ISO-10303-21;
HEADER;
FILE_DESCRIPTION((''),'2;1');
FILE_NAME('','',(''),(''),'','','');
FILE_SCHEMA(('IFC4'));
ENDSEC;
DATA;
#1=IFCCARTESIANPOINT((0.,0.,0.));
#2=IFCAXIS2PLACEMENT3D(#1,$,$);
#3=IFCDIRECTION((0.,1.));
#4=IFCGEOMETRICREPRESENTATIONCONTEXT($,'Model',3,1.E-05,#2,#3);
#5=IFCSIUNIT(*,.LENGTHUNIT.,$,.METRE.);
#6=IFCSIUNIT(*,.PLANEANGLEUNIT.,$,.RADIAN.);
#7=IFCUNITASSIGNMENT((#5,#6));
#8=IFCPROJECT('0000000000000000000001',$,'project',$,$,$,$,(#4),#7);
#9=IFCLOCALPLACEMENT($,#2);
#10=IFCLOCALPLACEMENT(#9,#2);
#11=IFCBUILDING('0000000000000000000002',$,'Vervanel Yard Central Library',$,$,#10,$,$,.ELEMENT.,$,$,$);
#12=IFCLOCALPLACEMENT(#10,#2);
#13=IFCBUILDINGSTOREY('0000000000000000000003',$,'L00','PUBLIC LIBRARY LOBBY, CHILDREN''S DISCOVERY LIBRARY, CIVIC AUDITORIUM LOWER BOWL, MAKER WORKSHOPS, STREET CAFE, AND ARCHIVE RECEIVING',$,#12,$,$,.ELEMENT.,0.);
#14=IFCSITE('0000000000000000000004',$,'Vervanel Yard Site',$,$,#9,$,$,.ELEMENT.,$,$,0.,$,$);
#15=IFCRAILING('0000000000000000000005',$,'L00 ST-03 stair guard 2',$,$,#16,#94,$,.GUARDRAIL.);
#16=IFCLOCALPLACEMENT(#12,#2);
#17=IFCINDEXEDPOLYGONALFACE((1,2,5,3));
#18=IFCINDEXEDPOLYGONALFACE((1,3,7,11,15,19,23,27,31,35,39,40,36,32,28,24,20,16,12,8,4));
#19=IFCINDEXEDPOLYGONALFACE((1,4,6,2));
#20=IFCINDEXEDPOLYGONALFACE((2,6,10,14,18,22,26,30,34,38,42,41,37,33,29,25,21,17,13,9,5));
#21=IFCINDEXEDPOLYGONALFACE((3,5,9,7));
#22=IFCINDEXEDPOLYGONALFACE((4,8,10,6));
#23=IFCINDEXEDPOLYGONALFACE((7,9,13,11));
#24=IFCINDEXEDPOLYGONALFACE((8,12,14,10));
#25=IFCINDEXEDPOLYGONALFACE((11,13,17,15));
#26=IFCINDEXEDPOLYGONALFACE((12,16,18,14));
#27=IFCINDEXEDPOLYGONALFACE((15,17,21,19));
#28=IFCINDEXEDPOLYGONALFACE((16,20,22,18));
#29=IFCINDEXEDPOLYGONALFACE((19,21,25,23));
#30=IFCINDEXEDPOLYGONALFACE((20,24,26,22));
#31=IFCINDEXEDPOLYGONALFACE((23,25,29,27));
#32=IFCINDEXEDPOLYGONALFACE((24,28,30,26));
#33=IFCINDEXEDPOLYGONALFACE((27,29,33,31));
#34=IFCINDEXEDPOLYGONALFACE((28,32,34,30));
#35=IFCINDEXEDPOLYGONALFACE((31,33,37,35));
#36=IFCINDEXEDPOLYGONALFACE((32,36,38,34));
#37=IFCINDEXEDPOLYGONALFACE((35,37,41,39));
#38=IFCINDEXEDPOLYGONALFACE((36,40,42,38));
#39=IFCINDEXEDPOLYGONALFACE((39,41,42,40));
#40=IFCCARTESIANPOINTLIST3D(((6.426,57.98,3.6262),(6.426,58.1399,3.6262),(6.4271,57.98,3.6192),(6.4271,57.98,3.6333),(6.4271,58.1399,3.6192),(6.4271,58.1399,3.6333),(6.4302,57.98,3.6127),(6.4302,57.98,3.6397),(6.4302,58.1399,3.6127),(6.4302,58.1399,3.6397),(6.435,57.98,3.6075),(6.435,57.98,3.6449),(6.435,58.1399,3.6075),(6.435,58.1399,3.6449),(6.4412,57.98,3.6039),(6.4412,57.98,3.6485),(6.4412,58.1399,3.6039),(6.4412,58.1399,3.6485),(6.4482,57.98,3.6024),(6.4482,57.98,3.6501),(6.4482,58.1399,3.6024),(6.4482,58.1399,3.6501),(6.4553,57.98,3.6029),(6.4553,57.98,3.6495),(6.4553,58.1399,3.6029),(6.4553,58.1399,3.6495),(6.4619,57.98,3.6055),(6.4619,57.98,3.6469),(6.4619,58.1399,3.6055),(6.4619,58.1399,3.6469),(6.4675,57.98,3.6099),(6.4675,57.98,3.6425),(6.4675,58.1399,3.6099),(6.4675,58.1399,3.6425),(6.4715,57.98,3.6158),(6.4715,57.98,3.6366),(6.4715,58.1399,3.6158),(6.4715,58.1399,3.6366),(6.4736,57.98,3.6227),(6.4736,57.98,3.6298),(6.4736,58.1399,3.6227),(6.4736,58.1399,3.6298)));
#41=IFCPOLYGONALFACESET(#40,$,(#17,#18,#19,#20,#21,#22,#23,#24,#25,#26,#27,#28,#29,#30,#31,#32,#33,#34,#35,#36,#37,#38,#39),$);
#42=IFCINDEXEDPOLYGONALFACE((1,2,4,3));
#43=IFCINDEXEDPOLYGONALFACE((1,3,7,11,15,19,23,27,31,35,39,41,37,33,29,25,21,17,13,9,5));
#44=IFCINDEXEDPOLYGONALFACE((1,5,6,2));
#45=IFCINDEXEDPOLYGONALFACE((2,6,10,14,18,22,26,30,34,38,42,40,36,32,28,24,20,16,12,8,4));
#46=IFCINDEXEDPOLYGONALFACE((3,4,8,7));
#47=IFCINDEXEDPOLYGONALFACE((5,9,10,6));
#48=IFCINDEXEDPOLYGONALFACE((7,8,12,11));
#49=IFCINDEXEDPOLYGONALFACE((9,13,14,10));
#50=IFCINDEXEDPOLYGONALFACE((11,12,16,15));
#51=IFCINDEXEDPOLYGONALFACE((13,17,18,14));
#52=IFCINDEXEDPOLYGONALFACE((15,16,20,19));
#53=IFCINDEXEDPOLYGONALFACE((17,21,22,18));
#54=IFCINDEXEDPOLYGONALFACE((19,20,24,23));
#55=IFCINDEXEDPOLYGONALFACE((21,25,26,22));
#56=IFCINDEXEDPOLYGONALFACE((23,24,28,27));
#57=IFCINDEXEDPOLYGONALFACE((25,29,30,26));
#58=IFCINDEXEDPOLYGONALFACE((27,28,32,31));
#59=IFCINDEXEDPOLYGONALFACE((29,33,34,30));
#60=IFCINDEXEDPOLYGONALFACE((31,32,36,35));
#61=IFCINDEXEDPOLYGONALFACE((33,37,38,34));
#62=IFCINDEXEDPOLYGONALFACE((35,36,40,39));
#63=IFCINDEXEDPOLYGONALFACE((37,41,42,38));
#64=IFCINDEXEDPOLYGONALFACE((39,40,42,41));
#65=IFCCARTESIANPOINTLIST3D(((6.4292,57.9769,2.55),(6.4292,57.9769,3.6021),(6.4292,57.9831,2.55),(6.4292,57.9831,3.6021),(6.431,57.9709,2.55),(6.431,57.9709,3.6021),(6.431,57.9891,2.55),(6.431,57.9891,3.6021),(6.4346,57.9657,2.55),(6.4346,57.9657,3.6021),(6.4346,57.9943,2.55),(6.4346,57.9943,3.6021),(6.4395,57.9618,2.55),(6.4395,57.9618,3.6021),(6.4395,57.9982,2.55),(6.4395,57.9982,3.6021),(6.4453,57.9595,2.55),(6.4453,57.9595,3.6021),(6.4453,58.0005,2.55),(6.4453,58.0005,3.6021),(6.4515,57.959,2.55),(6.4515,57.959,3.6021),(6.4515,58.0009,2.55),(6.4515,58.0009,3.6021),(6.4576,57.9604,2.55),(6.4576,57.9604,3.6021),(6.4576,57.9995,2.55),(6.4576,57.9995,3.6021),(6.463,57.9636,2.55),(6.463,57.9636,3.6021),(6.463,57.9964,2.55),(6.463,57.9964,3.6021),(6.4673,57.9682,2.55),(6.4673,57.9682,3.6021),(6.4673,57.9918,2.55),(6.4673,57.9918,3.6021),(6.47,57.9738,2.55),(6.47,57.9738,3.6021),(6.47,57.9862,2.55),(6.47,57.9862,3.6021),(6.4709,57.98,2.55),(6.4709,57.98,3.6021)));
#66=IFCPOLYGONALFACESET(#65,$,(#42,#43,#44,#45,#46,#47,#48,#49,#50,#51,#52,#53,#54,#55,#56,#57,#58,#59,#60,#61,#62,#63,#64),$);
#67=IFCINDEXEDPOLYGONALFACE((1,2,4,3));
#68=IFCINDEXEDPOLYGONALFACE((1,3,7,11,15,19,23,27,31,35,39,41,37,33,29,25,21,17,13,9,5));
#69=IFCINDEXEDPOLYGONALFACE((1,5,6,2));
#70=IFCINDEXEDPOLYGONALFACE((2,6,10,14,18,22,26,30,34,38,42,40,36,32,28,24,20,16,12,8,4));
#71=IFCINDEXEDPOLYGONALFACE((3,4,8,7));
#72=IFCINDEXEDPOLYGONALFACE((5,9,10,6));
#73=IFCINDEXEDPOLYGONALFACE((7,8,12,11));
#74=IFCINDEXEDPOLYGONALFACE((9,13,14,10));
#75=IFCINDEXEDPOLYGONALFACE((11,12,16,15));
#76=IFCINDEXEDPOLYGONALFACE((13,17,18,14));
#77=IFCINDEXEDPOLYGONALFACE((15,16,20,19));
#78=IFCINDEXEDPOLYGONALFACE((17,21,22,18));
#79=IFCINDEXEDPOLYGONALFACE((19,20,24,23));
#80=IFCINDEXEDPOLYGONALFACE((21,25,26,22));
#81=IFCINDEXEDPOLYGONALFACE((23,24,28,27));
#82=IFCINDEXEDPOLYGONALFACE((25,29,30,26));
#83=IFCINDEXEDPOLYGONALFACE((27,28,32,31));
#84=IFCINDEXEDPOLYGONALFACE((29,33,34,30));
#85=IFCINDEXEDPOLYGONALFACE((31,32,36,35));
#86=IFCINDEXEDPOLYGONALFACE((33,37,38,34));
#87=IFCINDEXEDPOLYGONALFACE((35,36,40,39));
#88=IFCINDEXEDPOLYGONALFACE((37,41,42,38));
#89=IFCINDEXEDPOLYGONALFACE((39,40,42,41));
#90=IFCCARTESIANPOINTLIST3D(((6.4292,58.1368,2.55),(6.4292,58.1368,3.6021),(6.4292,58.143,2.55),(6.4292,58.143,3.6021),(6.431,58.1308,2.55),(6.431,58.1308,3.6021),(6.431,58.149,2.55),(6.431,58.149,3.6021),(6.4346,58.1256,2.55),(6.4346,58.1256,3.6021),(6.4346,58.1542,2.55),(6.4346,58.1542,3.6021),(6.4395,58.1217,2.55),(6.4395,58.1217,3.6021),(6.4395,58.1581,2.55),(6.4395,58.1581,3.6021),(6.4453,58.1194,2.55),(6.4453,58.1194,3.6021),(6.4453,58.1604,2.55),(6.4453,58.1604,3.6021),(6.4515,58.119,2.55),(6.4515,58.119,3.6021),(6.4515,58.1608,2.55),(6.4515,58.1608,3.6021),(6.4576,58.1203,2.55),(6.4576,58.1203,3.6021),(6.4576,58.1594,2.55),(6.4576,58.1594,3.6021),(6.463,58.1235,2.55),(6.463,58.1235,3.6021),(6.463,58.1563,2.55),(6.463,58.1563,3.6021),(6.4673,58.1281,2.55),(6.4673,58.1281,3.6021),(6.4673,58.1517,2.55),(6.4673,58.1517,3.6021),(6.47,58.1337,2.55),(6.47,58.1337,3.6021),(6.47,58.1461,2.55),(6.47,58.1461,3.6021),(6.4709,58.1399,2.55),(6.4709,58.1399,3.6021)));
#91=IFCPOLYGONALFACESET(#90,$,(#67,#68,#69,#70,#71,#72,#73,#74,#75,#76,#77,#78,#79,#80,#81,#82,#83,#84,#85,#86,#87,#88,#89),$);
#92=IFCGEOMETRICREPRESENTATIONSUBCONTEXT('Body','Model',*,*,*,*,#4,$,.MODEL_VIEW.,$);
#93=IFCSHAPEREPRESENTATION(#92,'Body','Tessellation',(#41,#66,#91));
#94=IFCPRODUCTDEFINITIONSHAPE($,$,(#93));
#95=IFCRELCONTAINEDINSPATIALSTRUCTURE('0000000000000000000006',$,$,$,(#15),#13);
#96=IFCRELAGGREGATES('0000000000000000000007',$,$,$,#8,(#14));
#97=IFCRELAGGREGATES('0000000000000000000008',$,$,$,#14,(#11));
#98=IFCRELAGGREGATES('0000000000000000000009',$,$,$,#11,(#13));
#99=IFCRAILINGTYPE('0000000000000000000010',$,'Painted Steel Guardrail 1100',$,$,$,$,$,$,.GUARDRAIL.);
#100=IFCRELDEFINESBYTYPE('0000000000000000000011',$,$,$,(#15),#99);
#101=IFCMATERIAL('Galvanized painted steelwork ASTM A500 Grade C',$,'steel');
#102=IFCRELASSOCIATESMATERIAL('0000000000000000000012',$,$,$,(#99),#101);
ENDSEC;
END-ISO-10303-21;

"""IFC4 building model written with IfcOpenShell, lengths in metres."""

from ifc_helpers import new_model, si_unit, direction, frame, origin, origin_2d, place, context, subcontext, project, spatial, circle, extrude, material, type_object, element, save


model = new_model("IFC4")

# Units and contexts
model_context = context("Model", 3, precision=1e-05, world=origin(), true_north=direction((0.0, 1.0)))
body_context = subcontext(model_context, "Body", "Model", "MODEL_VIEW")
ifc_project = project(units=[si_unit("LENGTHUNIT", "METRE"), si_unit("PLANEANGLEUNIT", "RADIAN")], contexts=[model_context])

# Site, building, storey
site_placement = place(None, origin())
site = spatial("IfcSite", under=ifc_project, at=site_placement, Name="Vervanel Yard Site", CompositionType="ELEMENT", RefElevation=0.0)
building_placement = place(site_placement, origin())
building = spatial("IfcBuilding", under=site, at=building_placement, Name="Vervanel Yard Central Library", CompositionType="ELEMENT")
storey_placement = place(building_placement, origin())
storey = spatial("IfcBuildingStorey", under=building, at=storey_placement, Name="L00", Description="PUBLIC LIBRARY LOBBY, CHILDREN'S DISCOVERY LIBRARY, CIVIC AUDITORIUM LOWER BOWL, MAKER WORKSHOPS, STREET CAFE, AND ARCHIVE RECEIVING", CompositionType="ELEMENT", Elevation=0.0)

# Shared definitions
ifc_material_1 = material(Name="Galvanized painted steelwork ASTM A500 Grade C", Category="steel")

# Railing
railing_type_1 = type_object("IfcRailingType", Name="Painted Steel Guardrail 1100", PredefinedType="GUARDRAIL", material=ifc_material_1)
railing_1_placement = place(storey_placement, frame((6.45, 57.98, 2.55)))
element("IfcRailing", 1, at=railing_1_placement, inside=storey, type_object=railing_type_1, Name="L00 ST-03 stair guard 2", PredefinedType="GUARDRAIL", context=body_context, shape_type="SweptSolid", body=[
    extrude(circle(Radius=0.0239, at=origin_2d()), frame((0.0, 0.0, 1.0762), z_axis=(0.0, 1.0, 0.0), x_axis=(-1.0, 0.0, 0.0)), (0.0, 0.0, 1.0), 0.1599),
    extrude(circle(Radius=0.021, at=origin_2d()), origin(), (0.0, 0.0, 1.0), 1.052),
    extrude(circle(Radius=0.021, at=origin_2d()), frame((0.0, 0.1599, 0.0)), (0.0, 0.0, 1.0), 1.052),
])

save(model, "model.ifc")
